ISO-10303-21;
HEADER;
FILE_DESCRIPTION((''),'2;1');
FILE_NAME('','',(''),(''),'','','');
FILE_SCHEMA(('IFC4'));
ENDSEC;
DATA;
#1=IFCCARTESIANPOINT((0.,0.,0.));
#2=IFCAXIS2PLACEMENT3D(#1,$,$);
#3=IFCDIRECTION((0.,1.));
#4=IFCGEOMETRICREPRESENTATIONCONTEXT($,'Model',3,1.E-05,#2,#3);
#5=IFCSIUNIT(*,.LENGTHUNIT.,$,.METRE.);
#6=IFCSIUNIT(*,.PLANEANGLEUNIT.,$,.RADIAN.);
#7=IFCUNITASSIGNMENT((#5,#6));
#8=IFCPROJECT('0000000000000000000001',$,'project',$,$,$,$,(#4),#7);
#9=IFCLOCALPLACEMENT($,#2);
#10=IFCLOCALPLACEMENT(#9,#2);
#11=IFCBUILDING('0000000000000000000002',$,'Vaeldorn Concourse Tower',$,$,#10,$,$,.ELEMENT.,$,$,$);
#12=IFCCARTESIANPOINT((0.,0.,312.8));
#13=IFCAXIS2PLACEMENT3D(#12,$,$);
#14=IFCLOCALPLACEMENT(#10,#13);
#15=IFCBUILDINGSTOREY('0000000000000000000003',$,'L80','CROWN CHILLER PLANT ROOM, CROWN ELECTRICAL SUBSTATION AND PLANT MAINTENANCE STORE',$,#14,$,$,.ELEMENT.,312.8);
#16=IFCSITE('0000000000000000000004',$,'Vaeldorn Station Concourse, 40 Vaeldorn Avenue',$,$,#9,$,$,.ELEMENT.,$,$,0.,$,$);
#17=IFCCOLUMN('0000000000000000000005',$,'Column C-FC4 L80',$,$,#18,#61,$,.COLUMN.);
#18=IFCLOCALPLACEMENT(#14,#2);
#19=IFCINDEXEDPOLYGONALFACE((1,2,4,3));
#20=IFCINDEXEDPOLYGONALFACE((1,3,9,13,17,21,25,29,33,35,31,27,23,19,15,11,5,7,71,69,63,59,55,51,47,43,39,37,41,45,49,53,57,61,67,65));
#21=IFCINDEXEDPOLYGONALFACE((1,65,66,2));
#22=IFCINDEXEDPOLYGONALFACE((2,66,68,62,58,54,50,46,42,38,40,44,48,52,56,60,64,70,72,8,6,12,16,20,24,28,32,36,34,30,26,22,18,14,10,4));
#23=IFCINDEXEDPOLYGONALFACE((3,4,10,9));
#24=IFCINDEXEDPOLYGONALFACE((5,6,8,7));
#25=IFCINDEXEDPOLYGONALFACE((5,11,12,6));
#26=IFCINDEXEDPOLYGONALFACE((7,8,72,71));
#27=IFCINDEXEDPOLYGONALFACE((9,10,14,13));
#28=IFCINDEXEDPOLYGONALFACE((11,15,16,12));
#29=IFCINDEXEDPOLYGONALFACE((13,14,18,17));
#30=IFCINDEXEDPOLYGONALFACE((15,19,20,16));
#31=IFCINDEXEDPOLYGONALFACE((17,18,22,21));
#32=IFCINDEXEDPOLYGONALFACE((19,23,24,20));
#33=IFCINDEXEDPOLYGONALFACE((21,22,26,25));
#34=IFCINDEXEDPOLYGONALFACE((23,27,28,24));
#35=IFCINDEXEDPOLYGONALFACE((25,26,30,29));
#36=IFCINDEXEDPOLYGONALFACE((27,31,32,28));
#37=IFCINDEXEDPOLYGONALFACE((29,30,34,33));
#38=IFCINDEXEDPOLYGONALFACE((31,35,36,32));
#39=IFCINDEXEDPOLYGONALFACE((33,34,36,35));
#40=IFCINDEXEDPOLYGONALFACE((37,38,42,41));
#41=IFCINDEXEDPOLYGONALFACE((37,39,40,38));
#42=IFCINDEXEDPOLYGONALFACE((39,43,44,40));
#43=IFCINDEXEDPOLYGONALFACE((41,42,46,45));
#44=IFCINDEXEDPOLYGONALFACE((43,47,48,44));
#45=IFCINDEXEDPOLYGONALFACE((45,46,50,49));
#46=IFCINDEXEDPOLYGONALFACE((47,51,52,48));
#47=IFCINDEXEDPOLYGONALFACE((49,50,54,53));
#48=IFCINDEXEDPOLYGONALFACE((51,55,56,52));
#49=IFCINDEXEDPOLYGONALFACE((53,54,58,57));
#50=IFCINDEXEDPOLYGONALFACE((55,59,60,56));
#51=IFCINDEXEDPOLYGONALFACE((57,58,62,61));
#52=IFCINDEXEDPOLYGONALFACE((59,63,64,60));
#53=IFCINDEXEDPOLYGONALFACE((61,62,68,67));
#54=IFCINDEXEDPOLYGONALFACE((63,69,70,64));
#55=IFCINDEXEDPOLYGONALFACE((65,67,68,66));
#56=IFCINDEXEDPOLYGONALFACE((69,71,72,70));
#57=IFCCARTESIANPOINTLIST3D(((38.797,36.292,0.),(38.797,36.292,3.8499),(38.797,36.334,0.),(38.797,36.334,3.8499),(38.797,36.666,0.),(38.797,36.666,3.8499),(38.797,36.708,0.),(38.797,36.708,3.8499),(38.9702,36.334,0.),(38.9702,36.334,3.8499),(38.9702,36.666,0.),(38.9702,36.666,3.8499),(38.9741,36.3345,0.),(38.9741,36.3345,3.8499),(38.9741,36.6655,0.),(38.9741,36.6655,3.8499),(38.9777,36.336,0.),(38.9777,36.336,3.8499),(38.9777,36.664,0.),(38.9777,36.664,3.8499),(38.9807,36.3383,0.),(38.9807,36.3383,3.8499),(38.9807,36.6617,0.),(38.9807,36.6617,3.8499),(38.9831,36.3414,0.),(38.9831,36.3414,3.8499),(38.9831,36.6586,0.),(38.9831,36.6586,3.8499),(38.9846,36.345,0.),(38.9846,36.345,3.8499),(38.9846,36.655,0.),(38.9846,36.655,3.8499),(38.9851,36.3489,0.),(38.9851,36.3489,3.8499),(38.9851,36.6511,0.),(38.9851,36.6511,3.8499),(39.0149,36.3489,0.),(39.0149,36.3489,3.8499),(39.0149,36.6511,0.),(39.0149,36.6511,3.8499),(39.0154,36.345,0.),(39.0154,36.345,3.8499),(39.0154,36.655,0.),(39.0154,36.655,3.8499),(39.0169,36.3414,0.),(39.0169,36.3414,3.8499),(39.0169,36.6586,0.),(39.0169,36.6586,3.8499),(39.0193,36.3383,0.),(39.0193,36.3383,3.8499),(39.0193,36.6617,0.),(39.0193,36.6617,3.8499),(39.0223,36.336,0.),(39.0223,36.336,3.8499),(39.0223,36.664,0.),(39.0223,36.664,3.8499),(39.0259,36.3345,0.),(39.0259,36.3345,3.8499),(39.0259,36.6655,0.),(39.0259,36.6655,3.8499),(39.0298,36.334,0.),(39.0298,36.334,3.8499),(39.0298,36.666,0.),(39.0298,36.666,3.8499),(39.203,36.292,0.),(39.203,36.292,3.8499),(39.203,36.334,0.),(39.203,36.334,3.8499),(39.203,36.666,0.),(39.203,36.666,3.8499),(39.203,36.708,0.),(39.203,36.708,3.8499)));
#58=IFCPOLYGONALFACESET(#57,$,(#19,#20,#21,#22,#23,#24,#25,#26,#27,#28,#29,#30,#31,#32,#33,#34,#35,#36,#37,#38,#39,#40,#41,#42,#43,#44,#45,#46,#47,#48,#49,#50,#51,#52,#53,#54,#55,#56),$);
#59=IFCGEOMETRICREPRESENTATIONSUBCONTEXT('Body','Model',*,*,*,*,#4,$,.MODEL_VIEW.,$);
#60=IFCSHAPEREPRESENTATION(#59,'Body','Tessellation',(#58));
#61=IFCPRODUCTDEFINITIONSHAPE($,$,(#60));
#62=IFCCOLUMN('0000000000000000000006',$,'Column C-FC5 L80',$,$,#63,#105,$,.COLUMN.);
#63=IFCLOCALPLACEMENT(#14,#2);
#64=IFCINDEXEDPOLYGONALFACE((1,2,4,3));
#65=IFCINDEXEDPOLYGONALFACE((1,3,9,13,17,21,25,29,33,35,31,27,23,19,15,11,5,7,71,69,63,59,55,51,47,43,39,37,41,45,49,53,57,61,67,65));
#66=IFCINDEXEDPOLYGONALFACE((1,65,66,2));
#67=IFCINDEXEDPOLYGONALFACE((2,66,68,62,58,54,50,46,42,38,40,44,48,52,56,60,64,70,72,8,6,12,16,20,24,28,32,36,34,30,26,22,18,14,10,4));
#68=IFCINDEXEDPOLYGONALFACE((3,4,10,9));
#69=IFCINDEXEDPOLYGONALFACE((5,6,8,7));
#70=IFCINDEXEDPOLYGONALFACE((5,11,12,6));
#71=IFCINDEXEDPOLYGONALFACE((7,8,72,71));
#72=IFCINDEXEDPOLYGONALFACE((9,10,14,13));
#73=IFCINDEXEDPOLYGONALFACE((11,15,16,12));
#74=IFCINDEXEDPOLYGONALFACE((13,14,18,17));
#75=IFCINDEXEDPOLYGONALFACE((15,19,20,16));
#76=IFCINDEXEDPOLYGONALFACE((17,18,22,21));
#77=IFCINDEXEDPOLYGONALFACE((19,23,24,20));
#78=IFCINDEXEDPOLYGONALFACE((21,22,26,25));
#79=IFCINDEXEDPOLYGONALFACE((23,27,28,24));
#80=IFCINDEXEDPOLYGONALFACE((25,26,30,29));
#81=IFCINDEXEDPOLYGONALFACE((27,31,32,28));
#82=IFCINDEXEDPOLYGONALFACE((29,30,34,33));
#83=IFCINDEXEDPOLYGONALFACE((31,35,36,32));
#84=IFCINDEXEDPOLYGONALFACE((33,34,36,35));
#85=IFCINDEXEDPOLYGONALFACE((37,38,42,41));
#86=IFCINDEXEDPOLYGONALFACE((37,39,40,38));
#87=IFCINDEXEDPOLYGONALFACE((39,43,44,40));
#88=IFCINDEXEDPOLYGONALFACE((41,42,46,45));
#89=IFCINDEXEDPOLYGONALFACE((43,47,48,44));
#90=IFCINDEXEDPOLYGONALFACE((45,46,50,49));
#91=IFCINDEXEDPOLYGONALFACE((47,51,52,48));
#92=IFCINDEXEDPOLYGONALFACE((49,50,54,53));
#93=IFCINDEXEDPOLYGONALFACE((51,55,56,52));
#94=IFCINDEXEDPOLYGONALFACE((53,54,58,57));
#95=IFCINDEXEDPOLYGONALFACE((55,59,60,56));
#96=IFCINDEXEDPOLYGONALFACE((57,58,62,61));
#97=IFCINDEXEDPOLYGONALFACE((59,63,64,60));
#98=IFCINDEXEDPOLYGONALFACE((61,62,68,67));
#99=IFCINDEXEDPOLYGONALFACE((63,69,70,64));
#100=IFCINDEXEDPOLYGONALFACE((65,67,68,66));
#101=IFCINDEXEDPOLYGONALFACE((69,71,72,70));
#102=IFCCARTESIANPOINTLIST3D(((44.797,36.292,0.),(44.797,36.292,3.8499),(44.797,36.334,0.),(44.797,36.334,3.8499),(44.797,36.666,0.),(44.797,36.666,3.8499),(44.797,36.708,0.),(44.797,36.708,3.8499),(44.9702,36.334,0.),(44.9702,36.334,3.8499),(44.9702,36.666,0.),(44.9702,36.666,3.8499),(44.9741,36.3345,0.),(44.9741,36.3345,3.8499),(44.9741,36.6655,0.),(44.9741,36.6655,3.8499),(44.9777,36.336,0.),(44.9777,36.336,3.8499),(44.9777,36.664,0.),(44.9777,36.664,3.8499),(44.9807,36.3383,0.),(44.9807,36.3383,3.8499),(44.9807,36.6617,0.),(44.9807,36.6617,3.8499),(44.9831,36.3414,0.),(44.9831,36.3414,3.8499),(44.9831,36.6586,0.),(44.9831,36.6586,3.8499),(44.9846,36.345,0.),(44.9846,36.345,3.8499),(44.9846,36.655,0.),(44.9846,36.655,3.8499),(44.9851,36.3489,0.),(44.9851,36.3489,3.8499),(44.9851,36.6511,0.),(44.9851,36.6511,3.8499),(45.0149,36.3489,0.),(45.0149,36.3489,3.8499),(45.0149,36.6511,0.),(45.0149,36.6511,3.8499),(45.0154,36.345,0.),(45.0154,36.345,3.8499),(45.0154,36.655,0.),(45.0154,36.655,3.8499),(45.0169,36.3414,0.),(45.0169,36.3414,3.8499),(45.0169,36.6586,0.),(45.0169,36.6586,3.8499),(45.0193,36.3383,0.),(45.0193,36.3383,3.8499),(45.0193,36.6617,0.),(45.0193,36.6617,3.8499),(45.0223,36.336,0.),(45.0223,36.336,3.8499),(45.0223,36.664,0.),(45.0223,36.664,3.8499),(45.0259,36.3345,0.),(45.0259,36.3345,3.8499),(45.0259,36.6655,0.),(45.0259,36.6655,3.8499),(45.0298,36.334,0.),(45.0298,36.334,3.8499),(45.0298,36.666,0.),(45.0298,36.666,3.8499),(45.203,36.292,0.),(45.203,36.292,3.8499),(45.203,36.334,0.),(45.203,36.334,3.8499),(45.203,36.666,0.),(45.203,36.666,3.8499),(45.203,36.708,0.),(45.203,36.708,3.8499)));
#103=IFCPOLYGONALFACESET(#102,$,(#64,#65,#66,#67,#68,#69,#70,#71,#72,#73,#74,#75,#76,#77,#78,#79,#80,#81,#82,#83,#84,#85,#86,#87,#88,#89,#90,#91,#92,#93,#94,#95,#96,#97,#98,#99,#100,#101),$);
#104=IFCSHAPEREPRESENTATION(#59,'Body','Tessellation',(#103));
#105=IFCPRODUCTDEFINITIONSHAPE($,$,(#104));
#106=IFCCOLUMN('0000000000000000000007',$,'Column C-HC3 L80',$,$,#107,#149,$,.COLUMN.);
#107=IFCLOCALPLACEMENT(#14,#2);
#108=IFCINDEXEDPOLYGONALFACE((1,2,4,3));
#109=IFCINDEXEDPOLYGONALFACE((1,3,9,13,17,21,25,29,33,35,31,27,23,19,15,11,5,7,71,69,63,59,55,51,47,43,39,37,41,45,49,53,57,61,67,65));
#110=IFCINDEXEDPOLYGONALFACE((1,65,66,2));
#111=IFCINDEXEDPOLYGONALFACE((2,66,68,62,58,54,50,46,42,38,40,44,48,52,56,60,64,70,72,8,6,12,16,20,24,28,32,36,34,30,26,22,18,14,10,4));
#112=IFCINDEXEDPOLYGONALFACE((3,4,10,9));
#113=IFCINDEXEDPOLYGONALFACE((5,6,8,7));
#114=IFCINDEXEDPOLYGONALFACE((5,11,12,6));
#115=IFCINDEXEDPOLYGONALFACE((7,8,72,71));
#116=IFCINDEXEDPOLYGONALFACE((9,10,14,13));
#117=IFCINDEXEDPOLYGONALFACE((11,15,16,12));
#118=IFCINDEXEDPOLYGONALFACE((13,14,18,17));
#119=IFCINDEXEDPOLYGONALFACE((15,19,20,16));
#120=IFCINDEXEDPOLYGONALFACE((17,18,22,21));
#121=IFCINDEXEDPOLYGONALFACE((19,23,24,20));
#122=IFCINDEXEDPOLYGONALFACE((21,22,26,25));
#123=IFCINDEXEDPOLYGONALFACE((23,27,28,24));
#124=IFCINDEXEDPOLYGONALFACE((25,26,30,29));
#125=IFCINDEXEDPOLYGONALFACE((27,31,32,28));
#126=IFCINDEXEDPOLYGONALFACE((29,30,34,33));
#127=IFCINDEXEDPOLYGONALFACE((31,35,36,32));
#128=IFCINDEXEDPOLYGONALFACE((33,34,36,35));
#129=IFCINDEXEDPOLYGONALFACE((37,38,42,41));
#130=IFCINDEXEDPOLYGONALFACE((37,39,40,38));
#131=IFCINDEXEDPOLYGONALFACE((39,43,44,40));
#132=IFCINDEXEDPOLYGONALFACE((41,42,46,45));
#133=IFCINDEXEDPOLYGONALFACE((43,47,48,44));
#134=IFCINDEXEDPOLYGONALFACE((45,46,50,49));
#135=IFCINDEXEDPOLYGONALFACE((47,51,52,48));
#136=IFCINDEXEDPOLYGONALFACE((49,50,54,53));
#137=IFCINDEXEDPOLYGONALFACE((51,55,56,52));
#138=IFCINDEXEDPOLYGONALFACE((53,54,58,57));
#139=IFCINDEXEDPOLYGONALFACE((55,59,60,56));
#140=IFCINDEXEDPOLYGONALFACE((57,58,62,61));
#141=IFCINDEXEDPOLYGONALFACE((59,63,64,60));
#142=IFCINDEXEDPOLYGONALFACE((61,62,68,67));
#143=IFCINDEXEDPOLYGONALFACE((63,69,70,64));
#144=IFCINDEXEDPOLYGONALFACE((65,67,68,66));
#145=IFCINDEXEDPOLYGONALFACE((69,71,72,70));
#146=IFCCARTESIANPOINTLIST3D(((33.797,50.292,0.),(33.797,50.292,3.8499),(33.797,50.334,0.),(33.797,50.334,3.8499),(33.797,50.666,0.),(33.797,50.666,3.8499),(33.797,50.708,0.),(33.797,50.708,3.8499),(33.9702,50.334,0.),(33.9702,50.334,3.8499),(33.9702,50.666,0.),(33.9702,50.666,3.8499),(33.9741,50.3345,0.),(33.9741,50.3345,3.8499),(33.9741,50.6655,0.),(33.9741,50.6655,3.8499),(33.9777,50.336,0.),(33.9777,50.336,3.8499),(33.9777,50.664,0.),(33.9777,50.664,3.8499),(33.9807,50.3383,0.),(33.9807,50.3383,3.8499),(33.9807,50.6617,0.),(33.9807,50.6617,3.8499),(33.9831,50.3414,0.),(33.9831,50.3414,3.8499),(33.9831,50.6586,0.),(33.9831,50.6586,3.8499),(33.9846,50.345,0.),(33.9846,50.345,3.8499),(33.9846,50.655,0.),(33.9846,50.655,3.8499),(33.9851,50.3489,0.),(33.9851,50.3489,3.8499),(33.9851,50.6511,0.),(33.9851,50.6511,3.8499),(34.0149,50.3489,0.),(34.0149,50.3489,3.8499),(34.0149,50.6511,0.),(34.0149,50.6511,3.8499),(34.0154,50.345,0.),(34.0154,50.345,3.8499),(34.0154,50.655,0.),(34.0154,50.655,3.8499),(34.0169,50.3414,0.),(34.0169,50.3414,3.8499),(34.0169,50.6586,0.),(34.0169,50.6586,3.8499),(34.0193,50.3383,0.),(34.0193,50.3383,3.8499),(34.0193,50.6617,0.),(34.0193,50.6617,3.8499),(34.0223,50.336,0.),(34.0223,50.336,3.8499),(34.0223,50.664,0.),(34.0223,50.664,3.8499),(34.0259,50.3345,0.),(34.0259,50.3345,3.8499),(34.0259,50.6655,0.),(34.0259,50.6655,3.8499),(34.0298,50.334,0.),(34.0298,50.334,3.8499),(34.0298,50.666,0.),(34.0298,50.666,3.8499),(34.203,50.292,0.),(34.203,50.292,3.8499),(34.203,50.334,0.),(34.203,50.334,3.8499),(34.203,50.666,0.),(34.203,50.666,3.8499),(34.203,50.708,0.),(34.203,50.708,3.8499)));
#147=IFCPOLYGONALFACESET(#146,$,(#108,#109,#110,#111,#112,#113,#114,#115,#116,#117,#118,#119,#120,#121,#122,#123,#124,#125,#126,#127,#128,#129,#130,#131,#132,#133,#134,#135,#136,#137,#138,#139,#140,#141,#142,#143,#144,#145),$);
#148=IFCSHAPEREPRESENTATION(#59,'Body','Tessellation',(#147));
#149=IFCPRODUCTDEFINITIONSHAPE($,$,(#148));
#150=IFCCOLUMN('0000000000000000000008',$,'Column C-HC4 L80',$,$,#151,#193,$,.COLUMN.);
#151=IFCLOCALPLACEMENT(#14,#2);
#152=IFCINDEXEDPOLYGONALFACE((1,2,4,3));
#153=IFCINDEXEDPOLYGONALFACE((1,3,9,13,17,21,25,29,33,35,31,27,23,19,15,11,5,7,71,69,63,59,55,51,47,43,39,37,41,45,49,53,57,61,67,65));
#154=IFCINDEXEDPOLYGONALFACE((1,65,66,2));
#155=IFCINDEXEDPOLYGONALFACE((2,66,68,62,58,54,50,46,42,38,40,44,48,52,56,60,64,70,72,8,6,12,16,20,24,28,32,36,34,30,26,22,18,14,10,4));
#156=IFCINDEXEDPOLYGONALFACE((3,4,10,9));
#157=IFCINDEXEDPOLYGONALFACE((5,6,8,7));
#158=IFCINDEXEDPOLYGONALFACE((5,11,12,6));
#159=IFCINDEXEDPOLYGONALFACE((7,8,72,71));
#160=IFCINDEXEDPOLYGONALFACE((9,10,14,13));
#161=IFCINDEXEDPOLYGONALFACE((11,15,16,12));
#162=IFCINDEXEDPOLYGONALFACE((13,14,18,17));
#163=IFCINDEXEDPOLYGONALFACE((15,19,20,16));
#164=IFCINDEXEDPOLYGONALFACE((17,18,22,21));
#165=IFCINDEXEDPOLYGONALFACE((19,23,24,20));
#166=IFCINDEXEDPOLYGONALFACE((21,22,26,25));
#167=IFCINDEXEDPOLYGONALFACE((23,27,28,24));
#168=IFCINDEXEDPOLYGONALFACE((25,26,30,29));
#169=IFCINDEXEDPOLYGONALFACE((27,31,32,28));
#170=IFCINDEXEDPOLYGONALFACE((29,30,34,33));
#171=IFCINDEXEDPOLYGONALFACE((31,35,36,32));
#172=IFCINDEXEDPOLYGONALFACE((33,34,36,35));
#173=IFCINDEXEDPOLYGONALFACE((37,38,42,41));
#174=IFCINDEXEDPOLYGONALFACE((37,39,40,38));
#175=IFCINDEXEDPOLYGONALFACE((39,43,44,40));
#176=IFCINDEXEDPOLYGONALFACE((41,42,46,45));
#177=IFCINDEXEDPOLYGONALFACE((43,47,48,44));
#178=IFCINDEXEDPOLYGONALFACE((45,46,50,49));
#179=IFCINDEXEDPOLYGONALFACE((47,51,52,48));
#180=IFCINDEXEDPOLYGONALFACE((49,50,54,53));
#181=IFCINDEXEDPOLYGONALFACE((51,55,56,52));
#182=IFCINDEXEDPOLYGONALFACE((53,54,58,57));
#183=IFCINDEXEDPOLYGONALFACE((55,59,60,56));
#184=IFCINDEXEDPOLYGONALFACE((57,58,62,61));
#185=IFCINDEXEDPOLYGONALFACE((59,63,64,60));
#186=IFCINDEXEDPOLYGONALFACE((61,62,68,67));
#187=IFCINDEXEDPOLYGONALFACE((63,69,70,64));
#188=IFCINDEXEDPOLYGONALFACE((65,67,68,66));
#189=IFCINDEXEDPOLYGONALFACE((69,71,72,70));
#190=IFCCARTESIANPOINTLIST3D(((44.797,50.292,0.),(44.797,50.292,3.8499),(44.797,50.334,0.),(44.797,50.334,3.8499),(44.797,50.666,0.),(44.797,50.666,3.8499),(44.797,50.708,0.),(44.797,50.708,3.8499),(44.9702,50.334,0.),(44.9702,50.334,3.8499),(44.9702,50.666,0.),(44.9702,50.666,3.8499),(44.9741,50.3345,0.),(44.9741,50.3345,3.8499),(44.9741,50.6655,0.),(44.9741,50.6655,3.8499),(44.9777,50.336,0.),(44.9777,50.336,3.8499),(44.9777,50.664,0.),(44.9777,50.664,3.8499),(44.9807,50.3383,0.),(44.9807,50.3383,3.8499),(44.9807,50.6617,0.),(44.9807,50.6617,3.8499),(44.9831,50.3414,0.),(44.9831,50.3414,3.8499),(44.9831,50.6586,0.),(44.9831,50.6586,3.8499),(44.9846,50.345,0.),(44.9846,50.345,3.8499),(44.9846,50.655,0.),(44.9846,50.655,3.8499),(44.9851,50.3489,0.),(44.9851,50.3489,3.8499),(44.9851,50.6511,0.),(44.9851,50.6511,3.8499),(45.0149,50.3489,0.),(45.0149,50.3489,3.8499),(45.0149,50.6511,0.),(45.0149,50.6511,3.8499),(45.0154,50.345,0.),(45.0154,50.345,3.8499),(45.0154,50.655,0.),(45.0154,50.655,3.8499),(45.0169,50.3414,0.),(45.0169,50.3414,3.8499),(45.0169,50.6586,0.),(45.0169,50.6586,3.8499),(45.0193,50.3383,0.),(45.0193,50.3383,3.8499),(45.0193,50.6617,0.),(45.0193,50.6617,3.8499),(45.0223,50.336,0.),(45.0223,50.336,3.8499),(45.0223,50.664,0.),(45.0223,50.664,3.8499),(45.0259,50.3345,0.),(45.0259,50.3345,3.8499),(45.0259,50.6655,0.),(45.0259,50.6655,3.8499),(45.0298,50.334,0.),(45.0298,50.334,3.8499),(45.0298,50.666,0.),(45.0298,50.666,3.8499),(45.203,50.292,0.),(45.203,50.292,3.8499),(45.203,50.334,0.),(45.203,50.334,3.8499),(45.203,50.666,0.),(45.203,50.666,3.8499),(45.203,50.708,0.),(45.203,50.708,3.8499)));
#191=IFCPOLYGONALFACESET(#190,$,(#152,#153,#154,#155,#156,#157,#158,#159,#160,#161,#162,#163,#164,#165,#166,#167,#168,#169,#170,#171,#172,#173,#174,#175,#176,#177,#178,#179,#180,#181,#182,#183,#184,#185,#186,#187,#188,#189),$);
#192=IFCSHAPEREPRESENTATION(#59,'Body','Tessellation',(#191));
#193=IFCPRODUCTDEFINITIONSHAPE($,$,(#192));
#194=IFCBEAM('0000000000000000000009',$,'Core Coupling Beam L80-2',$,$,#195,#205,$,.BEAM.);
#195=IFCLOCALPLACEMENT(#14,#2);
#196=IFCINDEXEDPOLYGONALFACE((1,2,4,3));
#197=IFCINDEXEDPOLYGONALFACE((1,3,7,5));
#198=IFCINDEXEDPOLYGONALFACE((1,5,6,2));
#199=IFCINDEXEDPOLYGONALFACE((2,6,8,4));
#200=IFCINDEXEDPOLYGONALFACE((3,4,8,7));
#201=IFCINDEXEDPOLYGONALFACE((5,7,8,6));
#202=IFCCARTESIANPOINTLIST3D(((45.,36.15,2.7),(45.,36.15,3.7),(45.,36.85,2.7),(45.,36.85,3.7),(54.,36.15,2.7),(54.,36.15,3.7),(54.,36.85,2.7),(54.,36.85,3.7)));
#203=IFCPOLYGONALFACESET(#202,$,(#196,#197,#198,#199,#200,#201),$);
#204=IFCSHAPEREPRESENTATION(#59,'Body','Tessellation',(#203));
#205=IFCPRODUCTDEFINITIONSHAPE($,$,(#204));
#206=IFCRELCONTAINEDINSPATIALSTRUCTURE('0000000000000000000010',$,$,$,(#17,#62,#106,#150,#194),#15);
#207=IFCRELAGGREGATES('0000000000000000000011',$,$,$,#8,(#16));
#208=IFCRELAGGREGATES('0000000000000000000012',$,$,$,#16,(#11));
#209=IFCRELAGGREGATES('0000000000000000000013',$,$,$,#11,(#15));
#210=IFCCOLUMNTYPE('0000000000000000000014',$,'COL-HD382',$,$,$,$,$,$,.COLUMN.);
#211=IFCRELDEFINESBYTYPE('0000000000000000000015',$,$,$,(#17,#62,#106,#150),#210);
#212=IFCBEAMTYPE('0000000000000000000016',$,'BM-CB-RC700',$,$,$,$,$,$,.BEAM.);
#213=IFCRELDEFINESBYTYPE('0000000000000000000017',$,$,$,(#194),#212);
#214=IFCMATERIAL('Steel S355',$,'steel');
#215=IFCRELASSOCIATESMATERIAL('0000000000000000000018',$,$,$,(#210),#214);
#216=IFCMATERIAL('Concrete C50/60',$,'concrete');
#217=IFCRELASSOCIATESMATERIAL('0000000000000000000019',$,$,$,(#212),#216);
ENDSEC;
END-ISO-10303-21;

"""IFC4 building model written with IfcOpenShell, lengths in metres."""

from ifc_helpers import new_model, si_unit, direction, frame, origin, origin_2d, place, context, subcontext, project, spatial, rectangle, i_section, extrude, source, transform, mapped, material, material_profile, profile_set, type_object, element, save


model = new_model("IFC4")

# Units and contexts
model_context = context("Model", 3, precision=1e-05, world=origin(), true_north=direction((0.0, 1.0)))
body_context = subcontext(model_context, "Body", "Model", "MODEL_VIEW")
ifc_project = project(units=[si_unit("LENGTHUNIT", "METRE"), si_unit("PLANEANGLEUNIT", "RADIAN")], contexts=[model_context])

# Site, building, storey
site_placement = place(None, origin())
site = spatial("IfcSite", under=ifc_project, at=site_placement, Name="Vaeldorn Station Concourse, 40 Vaeldorn Avenue", CompositionType="ELEMENT", RefElevation=0.0)
building_placement = place(site_placement, origin())
building = spatial("IfcBuilding", under=site, at=building_placement, Name="Vaeldorn Concourse Tower", CompositionType="ELEMENT")
storey_placement = place(building_placement, frame((0.0, 0.0, 312.8)))
storey = spatial("IfcBuildingStorey", under=building, at=storey_placement, Name="L80", Description="CROWN CHILLER PLANT ROOM, CROWN ELECTRICAL SUBSTATION AND PLANT MAINTENANCE STORE", CompositionType="ELEMENT", Elevation=312.8)

# Columns
ifc_material_1 = material(Name="Steel S355", Category="steel")
ifc_material_profile_1 = material_profile(ifc_material_1, i_section(OverallWidth=0.406, OverallDepth=0.416, WebThickness=0.0298, FlangeThickness=0.042, FilletRadius=0.0149, at=origin_2d()), Name="HD 400x382")
ifc_profile_set_1 = profile_set([ifc_material_profile_1], Name="Steel S355")
column_type = type_object("IfcColumnType", Name="COL-HD382", PredefinedType="COLUMN", material=ifc_profile_set_1)
shared_shape_1 = source(origin(), body_context, "Body", "SweptSolid", [
    extrude(i_section(OverallWidth=0.406, OverallDepth=0.416, WebThickness=0.0298, FlangeThickness=0.042, FilletRadius=0.0149, at=origin_2d()), origin(), (0.0, 0.0, 1.0), 3.8499),
])
for number, where, z_axis, x_axis, name in (
    (1, (39.0, 36.5, 0.0), (0.0, 0.0, 1.0), (1.0, 0.0, 0.0), "Column C-FC4 L80"),
    (2, (45.0, 36.5, 0.0), (0.0, 0.0, 1.0), (1.0, 0.0, 0.0), "Column C-FC5 L80"),
    (3, (34.0, 50.5, 0.0), (0.0, 0.0, 1.0), (1.0, 0.0, 0.0), "Column C-HC3 L80"),
    (4, (45.0, 50.5, 0.0), (0.0, 0.0, 1.0), (1.0, 0.0, 0.0), "Column C-HC4 L80"),
):
    element("IfcColumn", number, at=place(storey_placement, frame(where, z_axis=z_axis, x_axis=x_axis)), inside=storey, type_object=column_type, Name=name, PredefinedType="COLUMN", context=body_context, shape_type="MappedRepresentation", body=[
        mapped(shared_shape_1, transform((0.0, 0.0, 0.0), scale=1.0)),
    ])

# Beam
ifc_material_2 = material(Name="Concrete C50/60", Category="concrete")
ifc_material_profile_2 = material_profile(ifc_material_2, rectangle(XDim=0.7, YDim=1.0, at=origin_2d()), Name="RC 700x1000")
ifc_profile_set_2 = profile_set([ifc_material_profile_2], Name="Concrete C50/60")
beam_type_1 = type_object("IfcBeamType", Name="BM-CB-RC700", PredefinedType="BEAM", material=ifc_profile_set_2)
shared_shape_2 = source(origin(), body_context, "Body", "SweptSolid", [
    extrude(rectangle(XDim=0.7, YDim=1.0, at=origin_2d()), origin(), (0.0, 0.0, 1.0), 9.0),
])
beam_1_placement = place(storey_placement, frame((45.0, 36.5, 3.2), z_axis=(1.0, 0.0, 0.0), x_axis=(0.0, 1.0, 0.0)))
element("IfcBeam", 5, at=beam_1_placement, inside=storey, type_object=beam_type_1, Name="Core Coupling Beam L80-2", PredefinedType="BEAM", context=body_context, shape_type="MappedRepresentation", body=[
    mapped(shared_shape_2, transform((0.0, 0.0, 0.0), scale=1.0)),
])

save(model, "model.ifc")
